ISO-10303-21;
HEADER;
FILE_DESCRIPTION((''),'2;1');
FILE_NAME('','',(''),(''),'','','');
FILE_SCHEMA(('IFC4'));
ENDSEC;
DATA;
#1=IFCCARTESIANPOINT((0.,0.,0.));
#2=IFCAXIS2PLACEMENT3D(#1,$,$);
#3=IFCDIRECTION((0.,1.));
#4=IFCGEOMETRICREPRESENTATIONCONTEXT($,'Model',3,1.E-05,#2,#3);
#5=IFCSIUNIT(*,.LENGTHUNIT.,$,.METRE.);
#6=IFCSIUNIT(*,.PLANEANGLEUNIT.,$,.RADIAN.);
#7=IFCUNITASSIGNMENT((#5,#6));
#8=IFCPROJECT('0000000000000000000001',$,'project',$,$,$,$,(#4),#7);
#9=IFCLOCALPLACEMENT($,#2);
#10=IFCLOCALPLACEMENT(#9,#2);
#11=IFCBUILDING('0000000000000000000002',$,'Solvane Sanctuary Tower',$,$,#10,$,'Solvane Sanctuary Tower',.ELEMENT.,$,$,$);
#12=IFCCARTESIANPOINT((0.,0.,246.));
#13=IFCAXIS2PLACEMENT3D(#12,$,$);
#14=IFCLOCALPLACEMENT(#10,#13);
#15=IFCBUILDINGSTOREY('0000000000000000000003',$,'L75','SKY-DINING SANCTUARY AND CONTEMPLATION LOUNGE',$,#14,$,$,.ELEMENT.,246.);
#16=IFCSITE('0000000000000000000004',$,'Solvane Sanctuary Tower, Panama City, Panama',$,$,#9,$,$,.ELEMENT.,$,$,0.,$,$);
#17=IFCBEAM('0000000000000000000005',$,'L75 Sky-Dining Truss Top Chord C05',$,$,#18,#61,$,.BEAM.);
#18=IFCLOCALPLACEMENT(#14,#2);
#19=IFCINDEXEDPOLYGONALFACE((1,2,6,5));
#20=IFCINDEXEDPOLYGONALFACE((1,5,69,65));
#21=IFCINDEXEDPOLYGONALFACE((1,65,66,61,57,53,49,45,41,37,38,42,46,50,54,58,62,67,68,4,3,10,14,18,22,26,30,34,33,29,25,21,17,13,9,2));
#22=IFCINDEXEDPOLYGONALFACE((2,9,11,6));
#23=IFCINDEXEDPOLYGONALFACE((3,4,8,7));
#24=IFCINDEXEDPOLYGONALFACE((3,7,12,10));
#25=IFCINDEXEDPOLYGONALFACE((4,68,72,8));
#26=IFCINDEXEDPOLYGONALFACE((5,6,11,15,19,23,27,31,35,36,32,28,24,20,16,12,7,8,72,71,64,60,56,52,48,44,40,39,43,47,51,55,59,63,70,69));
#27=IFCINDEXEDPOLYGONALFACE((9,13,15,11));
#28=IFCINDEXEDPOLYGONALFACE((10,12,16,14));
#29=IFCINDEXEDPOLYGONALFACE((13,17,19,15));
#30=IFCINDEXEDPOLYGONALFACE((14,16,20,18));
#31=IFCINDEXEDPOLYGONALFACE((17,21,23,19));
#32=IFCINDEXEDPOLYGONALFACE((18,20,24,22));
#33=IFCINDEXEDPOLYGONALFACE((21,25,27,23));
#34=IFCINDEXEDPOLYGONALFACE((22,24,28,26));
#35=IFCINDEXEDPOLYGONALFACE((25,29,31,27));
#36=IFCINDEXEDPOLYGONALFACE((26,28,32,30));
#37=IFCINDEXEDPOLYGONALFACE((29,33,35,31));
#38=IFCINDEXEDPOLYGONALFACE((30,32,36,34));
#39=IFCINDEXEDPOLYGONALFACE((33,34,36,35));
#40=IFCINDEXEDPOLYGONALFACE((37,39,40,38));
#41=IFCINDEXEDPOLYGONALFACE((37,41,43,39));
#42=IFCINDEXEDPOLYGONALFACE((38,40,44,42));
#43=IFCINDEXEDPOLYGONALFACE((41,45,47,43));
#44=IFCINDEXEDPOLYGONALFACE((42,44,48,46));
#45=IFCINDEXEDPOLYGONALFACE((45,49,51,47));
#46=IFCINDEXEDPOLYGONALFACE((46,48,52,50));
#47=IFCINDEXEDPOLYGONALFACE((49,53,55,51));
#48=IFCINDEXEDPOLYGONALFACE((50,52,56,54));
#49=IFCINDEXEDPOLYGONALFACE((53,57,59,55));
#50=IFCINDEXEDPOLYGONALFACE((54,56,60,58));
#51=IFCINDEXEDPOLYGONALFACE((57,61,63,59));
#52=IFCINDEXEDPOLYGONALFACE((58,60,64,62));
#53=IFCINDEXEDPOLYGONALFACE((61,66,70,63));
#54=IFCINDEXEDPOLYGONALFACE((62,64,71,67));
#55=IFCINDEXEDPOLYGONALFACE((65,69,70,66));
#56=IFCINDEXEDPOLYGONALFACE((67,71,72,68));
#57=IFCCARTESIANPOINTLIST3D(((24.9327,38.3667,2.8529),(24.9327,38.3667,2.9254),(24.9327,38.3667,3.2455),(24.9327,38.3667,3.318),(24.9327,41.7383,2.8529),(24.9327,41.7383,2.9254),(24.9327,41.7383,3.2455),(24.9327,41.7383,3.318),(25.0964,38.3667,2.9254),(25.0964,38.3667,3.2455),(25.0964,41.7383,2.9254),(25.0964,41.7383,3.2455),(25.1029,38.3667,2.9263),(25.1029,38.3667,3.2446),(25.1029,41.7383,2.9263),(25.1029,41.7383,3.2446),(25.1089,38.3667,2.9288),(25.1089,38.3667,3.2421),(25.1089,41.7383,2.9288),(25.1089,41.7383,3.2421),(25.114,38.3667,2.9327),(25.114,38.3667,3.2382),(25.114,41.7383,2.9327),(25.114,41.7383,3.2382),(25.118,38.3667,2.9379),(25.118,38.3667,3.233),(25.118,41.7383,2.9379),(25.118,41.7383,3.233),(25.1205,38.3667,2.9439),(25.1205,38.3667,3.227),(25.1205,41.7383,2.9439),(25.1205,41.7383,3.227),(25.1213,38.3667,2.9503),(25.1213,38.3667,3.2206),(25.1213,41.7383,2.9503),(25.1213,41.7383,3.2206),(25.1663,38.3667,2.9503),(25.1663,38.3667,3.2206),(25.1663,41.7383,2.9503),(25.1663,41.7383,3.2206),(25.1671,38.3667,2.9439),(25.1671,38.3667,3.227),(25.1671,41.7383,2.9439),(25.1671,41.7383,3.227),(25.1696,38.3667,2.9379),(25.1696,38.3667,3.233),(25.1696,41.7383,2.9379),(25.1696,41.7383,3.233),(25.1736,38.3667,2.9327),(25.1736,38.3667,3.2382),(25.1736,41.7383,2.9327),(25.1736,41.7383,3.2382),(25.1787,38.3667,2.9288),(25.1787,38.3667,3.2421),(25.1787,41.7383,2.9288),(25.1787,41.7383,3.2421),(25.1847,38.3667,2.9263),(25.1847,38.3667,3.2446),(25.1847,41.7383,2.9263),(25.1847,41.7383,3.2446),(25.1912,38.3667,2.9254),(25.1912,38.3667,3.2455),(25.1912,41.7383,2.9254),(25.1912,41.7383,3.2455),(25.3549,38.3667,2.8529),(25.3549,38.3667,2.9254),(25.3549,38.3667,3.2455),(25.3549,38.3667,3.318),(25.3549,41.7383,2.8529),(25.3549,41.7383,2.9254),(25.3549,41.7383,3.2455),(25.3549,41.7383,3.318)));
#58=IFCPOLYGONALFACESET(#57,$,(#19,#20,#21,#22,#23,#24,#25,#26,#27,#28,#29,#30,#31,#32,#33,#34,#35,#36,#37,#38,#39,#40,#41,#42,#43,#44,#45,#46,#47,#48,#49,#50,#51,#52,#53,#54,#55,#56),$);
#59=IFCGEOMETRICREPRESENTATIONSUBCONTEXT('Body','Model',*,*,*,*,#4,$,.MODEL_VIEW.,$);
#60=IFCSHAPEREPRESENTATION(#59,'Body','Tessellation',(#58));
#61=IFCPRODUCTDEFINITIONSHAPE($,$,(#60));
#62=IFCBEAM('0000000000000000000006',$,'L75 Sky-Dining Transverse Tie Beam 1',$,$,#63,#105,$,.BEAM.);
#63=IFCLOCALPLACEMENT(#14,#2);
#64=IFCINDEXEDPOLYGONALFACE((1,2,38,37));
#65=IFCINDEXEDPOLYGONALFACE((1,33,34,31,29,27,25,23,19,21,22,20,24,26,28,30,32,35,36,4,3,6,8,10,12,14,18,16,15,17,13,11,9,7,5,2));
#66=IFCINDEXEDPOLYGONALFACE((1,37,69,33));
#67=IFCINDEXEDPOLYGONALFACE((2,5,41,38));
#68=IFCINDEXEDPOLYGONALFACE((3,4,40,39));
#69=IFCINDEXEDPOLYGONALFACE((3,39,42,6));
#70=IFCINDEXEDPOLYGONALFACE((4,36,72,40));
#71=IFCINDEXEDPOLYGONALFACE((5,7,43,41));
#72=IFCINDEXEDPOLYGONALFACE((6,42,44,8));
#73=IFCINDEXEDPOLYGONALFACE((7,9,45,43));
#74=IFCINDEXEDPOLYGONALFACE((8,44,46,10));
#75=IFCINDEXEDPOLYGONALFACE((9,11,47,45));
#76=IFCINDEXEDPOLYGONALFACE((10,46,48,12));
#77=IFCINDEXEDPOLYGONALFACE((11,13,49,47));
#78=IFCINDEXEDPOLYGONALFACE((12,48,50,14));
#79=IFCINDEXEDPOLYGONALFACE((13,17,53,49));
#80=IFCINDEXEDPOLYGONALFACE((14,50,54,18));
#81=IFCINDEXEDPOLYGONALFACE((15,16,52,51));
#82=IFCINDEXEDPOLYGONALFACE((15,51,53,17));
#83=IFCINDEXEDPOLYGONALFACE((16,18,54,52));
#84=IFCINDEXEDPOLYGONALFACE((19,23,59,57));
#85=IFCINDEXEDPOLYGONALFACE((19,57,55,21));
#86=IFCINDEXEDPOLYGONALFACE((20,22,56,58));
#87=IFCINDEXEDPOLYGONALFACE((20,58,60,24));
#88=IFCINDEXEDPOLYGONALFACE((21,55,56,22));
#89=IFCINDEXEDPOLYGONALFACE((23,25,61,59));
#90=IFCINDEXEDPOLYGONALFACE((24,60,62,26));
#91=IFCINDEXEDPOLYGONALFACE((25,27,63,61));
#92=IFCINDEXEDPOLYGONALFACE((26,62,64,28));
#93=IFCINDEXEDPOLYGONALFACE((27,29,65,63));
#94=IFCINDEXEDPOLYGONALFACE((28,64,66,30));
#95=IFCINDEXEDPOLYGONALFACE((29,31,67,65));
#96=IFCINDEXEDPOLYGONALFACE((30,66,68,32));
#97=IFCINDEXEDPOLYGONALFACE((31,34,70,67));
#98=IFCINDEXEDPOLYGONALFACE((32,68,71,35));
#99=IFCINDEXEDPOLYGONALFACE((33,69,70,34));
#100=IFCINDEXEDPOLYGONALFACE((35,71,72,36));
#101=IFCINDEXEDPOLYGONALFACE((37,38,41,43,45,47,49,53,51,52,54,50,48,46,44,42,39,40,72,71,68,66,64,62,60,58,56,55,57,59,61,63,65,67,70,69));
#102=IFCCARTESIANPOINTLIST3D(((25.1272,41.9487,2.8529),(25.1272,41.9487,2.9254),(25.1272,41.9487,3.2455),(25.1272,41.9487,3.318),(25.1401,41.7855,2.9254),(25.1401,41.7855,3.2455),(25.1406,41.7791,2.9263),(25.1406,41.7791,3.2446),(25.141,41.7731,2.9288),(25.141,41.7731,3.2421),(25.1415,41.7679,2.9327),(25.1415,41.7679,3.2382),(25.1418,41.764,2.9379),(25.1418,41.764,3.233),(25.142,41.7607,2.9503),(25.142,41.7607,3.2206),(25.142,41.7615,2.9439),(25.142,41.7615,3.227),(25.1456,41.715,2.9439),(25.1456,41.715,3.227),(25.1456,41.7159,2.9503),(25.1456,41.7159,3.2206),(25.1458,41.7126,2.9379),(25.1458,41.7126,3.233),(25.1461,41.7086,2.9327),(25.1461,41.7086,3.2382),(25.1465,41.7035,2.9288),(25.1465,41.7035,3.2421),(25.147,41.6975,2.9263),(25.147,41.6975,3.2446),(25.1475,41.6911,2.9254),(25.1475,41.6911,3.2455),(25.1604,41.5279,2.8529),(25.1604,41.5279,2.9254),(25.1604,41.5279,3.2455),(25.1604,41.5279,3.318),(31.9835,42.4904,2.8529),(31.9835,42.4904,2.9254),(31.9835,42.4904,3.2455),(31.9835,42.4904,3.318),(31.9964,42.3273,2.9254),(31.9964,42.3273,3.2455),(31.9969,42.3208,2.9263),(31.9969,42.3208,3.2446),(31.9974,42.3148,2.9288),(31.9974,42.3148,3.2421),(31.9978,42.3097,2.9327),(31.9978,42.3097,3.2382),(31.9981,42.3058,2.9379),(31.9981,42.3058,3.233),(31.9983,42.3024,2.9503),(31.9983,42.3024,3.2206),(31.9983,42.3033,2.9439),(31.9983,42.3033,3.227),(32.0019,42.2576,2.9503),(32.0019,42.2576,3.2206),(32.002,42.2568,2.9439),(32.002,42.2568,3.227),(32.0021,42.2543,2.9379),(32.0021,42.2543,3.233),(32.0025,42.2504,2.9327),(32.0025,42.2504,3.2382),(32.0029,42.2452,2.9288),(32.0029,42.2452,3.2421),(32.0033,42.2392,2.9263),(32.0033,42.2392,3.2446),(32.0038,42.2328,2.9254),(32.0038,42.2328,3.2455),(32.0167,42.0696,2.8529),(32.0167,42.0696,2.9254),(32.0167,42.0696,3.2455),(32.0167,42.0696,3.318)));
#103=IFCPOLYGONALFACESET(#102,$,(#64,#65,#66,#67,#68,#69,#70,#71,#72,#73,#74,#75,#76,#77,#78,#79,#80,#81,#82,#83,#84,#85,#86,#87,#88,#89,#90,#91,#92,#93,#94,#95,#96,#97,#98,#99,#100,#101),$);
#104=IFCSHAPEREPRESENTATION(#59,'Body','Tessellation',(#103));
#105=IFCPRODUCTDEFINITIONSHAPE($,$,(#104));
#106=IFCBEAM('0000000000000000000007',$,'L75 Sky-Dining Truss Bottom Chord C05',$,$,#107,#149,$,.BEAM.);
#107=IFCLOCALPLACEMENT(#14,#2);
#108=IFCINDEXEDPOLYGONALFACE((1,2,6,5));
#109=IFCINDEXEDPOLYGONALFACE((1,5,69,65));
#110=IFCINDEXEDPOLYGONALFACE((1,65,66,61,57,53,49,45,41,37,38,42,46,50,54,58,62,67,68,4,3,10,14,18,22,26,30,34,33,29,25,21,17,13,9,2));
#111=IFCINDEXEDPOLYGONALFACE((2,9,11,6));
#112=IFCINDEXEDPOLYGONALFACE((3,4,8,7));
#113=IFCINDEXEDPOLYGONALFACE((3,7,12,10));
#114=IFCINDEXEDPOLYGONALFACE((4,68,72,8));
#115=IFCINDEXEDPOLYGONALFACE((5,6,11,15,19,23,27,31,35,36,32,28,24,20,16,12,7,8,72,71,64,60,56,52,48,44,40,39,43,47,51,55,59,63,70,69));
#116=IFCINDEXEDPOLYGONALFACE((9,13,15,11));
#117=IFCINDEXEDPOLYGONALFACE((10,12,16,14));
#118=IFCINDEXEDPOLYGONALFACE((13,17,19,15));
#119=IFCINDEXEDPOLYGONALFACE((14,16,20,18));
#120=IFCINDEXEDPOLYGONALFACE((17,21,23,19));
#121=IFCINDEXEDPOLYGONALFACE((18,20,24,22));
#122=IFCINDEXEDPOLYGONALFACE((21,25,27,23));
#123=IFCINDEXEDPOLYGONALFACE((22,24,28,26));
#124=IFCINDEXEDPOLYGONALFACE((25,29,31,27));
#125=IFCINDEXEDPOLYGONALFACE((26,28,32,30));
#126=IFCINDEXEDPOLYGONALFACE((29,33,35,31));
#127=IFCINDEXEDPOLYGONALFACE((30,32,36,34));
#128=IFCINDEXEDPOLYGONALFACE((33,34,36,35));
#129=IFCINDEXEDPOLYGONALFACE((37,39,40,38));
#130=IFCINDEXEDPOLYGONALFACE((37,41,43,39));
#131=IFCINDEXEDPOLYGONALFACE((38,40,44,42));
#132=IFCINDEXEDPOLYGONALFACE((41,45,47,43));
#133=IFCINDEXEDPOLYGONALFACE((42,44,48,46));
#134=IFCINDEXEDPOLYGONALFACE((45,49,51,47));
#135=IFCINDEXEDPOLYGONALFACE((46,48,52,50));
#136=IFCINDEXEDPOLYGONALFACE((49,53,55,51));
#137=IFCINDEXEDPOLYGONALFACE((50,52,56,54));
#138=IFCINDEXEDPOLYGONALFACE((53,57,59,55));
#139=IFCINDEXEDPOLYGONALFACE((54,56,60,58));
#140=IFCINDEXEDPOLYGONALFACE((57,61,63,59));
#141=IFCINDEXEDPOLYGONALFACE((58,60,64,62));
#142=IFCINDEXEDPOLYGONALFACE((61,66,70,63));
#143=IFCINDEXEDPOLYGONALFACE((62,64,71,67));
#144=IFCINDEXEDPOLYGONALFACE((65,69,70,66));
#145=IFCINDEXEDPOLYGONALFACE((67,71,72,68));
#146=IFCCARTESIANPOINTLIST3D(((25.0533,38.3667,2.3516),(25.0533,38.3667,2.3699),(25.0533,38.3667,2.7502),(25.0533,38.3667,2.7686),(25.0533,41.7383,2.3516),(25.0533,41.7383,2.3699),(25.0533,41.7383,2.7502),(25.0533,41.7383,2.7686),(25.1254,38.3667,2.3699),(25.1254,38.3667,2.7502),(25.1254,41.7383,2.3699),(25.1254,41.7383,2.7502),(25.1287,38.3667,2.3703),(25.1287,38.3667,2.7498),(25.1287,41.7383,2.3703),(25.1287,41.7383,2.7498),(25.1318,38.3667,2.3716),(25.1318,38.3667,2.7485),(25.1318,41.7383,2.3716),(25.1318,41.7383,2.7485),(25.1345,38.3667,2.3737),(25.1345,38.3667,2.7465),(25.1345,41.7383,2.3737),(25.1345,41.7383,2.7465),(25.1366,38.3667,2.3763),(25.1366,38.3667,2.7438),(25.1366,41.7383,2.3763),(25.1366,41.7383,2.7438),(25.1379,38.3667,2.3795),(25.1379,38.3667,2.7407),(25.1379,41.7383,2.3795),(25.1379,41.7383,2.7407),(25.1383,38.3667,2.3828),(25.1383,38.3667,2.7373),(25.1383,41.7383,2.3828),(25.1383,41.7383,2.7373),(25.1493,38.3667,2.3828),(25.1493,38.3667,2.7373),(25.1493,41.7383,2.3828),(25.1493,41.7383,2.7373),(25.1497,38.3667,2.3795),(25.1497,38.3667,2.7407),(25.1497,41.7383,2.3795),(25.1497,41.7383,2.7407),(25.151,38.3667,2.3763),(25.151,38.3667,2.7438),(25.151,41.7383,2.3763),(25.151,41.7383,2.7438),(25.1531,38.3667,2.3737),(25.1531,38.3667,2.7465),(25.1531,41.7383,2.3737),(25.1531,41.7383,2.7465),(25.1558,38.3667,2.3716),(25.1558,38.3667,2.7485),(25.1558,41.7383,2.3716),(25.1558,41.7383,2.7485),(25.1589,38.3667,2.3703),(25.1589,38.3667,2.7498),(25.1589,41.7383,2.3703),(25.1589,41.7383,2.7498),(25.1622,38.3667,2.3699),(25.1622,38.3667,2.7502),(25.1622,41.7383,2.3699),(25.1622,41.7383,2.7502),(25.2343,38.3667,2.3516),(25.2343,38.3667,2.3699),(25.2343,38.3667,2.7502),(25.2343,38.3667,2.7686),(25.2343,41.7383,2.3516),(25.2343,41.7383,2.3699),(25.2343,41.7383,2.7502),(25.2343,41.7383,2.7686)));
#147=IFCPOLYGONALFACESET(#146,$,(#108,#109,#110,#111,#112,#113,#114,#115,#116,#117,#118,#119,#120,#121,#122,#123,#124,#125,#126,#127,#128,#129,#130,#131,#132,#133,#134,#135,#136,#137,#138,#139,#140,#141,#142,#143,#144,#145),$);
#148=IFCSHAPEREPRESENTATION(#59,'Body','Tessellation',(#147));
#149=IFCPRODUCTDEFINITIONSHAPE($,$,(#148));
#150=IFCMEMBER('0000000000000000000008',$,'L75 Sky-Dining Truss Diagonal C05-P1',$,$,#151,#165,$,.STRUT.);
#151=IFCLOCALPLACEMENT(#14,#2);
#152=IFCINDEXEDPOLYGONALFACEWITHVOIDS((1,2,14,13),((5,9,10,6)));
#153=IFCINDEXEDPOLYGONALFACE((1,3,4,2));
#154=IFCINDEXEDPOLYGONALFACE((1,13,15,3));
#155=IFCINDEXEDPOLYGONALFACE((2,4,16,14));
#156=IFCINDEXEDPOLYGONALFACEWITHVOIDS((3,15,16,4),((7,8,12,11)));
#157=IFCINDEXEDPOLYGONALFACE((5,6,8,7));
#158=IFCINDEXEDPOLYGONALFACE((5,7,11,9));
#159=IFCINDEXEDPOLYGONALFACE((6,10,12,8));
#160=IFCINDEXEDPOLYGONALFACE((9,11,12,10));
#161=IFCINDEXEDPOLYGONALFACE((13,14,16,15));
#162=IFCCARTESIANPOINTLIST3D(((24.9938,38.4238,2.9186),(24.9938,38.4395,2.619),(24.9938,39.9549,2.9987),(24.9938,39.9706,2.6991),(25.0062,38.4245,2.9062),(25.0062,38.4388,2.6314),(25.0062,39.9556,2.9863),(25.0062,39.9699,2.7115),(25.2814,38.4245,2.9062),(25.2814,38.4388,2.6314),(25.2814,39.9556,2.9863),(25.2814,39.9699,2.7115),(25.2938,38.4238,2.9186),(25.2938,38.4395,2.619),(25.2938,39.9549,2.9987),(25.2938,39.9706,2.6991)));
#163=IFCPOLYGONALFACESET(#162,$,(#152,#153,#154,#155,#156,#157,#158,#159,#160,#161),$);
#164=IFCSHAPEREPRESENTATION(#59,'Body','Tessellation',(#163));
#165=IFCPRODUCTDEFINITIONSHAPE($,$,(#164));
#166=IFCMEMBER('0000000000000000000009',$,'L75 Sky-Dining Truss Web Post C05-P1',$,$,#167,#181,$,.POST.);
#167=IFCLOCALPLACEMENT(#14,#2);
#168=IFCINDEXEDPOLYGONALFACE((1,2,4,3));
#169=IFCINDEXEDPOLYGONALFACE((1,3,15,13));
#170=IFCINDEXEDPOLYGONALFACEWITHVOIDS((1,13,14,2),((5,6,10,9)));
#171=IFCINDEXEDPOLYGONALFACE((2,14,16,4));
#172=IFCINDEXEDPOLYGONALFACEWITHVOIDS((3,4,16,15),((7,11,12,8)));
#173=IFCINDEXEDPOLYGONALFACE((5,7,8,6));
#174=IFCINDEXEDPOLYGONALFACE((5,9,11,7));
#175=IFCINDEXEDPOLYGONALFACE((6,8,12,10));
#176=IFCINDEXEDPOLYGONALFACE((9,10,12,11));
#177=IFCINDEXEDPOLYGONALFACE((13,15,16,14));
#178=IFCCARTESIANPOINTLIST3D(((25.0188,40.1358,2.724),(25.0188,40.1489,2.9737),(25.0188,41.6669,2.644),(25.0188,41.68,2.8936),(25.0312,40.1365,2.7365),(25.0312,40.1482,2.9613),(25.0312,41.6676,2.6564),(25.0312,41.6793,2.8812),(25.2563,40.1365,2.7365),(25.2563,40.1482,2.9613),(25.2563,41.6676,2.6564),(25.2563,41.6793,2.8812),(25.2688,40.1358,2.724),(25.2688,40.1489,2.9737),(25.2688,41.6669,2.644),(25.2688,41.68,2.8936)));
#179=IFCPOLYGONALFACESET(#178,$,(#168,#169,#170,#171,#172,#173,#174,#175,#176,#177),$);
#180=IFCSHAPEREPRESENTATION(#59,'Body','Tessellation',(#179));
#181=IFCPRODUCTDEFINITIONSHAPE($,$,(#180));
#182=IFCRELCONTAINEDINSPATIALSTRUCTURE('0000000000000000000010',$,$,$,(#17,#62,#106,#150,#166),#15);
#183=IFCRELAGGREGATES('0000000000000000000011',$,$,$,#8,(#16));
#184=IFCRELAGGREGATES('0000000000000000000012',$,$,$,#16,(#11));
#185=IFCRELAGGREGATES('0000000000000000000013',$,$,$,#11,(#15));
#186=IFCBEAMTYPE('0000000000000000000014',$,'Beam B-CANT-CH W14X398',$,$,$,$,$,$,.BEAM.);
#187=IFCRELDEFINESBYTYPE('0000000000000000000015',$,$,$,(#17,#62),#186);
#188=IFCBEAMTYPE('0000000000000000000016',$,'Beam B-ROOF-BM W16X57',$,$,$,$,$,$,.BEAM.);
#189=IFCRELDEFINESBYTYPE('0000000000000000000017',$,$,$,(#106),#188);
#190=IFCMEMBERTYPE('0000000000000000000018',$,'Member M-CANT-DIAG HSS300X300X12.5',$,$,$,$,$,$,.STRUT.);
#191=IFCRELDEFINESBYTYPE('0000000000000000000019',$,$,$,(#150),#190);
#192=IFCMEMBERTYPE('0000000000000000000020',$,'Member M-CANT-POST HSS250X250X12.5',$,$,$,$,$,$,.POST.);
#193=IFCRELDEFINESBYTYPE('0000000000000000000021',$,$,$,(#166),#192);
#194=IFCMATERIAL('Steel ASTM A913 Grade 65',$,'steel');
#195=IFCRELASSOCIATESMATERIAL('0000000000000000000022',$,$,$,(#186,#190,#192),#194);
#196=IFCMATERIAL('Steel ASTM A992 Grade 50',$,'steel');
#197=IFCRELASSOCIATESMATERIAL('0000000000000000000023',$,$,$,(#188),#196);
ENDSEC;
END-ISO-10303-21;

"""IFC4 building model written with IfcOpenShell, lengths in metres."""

from ifc_helpers import new_model, si_unit, direction, frame, origin, origin_2d, place, context, subcontext, project, spatial, hollow_rectangle, i_section, extrude, material, material_profile, profile_set, type_object, element, save


model = new_model("IFC4")

# Units and contexts
model_context = context("Model", 3, precision=1e-05, world=origin(), true_north=direction((0.0, 1.0)))
body_context = subcontext(model_context, "Body", "Model", "MODEL_VIEW")
ifc_project = project(units=[si_unit("LENGTHUNIT", "METRE"), si_unit("PLANEANGLEUNIT", "RADIAN")], contexts=[model_context])

# Site, building, storey
site_placement = place(None, origin())
site = spatial("IfcSite", under=ifc_project, at=site_placement, Name="Solvane Sanctuary Tower, Panama City, Panama", CompositionType="ELEMENT", RefElevation=0.0)
building_placement = place(site_placement, origin())
building = spatial("IfcBuilding", under=site, at=building_placement, Name="Solvane Sanctuary Tower", LongName="Solvane Sanctuary Tower", CompositionType="ELEMENT")
storey_placement = place(building_placement, frame((0.0, 0.0, 246.0)))
storey = spatial("IfcBuildingStorey", under=building, at=storey_placement, Name="L75", Description="SKY-DINING SANCTUARY AND CONTEMPLATION LOUNGE", CompositionType="ELEMENT", Elevation=246.0)

# Beams
ifc_material_1 = material(Name="Steel ASTM A913 Grade 65", Category="steel")
ifc_material_profile_1 = material_profile(ifc_material_1, i_section(OverallWidth=0.4221, OverallDepth=0.4651, WebThickness=0.0449, FlangeThickness=0.0725, FilletRadius=0.0249, at=origin_2d()), Name="W14X398")
ifc_profile_set_1 = profile_set([ifc_material_profile_1], Name="Steel ASTM A913 Grade 65")
beam_type_1 = type_object("IfcBeamType", Name="Beam B-CANT-CH W14X398", PredefinedType="BEAM", material=ifc_profile_set_1)
beam_1_placement = place(storey_placement, frame((25.1438, 38.3667, 3.0854), z_axis=(0.0, 1.0, 0.0), x_axis=(-1.0, 0.0, 0.0)))
element("IfcBeam", 1, at=beam_1_placement, inside=storey, type_object=beam_type_1, Name="L75 Sky-Dining Truss Top Chord C05", PredefinedType="BEAM", context=body_context, shape_type="SweptSolid", body=[
    extrude(i_section(OverallWidth=0.4221, OverallDepth=0.4651, WebThickness=0.0449, FlangeThickness=0.0725, FilletRadius=0.0249, at=origin_2d()), origin(), (0.0, 0.0, 1.0), 3.3716),
])
beam_2_placement = place(storey_placement, frame((25.1438, 41.7383, 3.0854), z_axis=(0.996893, 0.07877, 0.0), x_axis=(-0.07877, 0.996893, 0.0)))
element("IfcBeam", 2, at=beam_2_placement, inside=storey, type_object=beam_type_1, Name="L75 Sky-Dining Transverse Tie Beam 1", PredefinedType="BEAM", context=body_context, shape_type="SweptSolid", body=[
    extrude(i_section(OverallWidth=0.4221, OverallDepth=0.4651, WebThickness=0.0449, FlangeThickness=0.0725, FilletRadius=0.0249, at=origin_2d()), origin(), (0.0, 0.0, 1.0), 6.8777),
])
ifc_material_2 = material(Name="Steel ASTM A992 Grade 50", Category="steel")
ifc_material_profile_2 = material_profile(ifc_material_2, i_section(OverallWidth=0.1809, OverallDepth=0.417, WebThickness=0.011, FlangeThickness=0.0183, FilletRadius=0.0129, at=origin_2d()), Name="W16X57")
ifc_profile_set_2 = profile_set([ifc_material_profile_2], Name="Steel ASTM A992 Grade 50")
beam_type_2 = type_object("IfcBeamType", Name="Beam B-ROOF-BM W16X57", PredefinedType="BEAM", material=ifc_profile_set_2)
beam_3_placement = place(storey_placement, frame((25.1438, 38.3667, 2.5601), z_axis=(0.0, 1.0, 0.0), x_axis=(-1.0, 0.0, 0.0)))
element("IfcBeam", 3, at=beam_3_placement, inside=storey, type_object=beam_type_2, Name="L75 Sky-Dining Truss Bottom Chord C05", PredefinedType="BEAM", context=body_context, shape_type="SweptSolid", body=[
    extrude(i_section(OverallWidth=0.1809, OverallDepth=0.417, WebThickness=0.011, FlangeThickness=0.0183, FilletRadius=0.0129, at=origin_2d()), origin(), (0.0, 0.0, 1.0), 3.3716),
])

# Members
ifc_material_profile_3 = material_profile(ifc_material_1, hollow_rectangle(XDim=0.3, YDim=0.3, WallThickness=0.0125, at=origin_2d()), Name="HSS300X300X12.5")
ifc_profile_set_3 = profile_set([ifc_material_profile_3], Name="Steel ASTM A913 Grade 65")
member_type_1 = type_object("IfcMemberType", Name="Member M-CANT-DIAG HSS300X300X12.5", PredefinedType="STRUT", material=ifc_profile_set_3)
member_1_placement = place(storey_placement, frame((25.1438, 38.4316, 2.7688), z_axis=(0.0, 0.998635, 0.052233), x_axis=(-1.0, 0.0, 0.0)))
element("IfcMember", 4, at=member_1_placement, inside=storey, type_object=member_type_1, Name="L75 Sky-Dining Truss Diagonal C05-P1", PredefinedType="STRUT", context=body_context, shape_type="SweptSolid", body=[
    extrude(hollow_rectangle(XDim=0.3, YDim=0.3, WallThickness=0.0125, at=origin_2d()), origin(), (0.0, 0.0, 1.0), 1.5332),
])
ifc_material_profile_4 = material_profile(ifc_material_1, hollow_rectangle(XDim=0.25, YDim=0.25, WallThickness=0.0125, at=origin_2d()), Name="HSS250X250X12.5")
ifc_profile_set_4 = profile_set([ifc_material_profile_4], Name="Steel ASTM A913 Grade 65")
member_type_2 = type_object("IfcMemberType", Name="Member M-CANT-POST HSS250X250X12.5", PredefinedType="POST", material=ifc_profile_set_4)
member_2_placement = place(storey_placement, frame((25.1438, 40.1423, 2.8489), z_axis=(0.0, 0.998635, -0.052233), x_axis=(-1.0, 0.0, 0.0)))
element("IfcMember", 5, at=member_2_placement, inside=storey, type_object=member_type_2, Name="L75 Sky-Dining Truss Web Post C05-P1", PredefinedType="POST", context=body_context, shape_type="SweptSolid", body=[
    extrude(hollow_rectangle(XDim=0.25, YDim=0.25, WallThickness=0.0125, at=origin_2d()), origin(), (0.0, 0.0, 1.0), 1.5332),
])

save(model, "model.ifc")
